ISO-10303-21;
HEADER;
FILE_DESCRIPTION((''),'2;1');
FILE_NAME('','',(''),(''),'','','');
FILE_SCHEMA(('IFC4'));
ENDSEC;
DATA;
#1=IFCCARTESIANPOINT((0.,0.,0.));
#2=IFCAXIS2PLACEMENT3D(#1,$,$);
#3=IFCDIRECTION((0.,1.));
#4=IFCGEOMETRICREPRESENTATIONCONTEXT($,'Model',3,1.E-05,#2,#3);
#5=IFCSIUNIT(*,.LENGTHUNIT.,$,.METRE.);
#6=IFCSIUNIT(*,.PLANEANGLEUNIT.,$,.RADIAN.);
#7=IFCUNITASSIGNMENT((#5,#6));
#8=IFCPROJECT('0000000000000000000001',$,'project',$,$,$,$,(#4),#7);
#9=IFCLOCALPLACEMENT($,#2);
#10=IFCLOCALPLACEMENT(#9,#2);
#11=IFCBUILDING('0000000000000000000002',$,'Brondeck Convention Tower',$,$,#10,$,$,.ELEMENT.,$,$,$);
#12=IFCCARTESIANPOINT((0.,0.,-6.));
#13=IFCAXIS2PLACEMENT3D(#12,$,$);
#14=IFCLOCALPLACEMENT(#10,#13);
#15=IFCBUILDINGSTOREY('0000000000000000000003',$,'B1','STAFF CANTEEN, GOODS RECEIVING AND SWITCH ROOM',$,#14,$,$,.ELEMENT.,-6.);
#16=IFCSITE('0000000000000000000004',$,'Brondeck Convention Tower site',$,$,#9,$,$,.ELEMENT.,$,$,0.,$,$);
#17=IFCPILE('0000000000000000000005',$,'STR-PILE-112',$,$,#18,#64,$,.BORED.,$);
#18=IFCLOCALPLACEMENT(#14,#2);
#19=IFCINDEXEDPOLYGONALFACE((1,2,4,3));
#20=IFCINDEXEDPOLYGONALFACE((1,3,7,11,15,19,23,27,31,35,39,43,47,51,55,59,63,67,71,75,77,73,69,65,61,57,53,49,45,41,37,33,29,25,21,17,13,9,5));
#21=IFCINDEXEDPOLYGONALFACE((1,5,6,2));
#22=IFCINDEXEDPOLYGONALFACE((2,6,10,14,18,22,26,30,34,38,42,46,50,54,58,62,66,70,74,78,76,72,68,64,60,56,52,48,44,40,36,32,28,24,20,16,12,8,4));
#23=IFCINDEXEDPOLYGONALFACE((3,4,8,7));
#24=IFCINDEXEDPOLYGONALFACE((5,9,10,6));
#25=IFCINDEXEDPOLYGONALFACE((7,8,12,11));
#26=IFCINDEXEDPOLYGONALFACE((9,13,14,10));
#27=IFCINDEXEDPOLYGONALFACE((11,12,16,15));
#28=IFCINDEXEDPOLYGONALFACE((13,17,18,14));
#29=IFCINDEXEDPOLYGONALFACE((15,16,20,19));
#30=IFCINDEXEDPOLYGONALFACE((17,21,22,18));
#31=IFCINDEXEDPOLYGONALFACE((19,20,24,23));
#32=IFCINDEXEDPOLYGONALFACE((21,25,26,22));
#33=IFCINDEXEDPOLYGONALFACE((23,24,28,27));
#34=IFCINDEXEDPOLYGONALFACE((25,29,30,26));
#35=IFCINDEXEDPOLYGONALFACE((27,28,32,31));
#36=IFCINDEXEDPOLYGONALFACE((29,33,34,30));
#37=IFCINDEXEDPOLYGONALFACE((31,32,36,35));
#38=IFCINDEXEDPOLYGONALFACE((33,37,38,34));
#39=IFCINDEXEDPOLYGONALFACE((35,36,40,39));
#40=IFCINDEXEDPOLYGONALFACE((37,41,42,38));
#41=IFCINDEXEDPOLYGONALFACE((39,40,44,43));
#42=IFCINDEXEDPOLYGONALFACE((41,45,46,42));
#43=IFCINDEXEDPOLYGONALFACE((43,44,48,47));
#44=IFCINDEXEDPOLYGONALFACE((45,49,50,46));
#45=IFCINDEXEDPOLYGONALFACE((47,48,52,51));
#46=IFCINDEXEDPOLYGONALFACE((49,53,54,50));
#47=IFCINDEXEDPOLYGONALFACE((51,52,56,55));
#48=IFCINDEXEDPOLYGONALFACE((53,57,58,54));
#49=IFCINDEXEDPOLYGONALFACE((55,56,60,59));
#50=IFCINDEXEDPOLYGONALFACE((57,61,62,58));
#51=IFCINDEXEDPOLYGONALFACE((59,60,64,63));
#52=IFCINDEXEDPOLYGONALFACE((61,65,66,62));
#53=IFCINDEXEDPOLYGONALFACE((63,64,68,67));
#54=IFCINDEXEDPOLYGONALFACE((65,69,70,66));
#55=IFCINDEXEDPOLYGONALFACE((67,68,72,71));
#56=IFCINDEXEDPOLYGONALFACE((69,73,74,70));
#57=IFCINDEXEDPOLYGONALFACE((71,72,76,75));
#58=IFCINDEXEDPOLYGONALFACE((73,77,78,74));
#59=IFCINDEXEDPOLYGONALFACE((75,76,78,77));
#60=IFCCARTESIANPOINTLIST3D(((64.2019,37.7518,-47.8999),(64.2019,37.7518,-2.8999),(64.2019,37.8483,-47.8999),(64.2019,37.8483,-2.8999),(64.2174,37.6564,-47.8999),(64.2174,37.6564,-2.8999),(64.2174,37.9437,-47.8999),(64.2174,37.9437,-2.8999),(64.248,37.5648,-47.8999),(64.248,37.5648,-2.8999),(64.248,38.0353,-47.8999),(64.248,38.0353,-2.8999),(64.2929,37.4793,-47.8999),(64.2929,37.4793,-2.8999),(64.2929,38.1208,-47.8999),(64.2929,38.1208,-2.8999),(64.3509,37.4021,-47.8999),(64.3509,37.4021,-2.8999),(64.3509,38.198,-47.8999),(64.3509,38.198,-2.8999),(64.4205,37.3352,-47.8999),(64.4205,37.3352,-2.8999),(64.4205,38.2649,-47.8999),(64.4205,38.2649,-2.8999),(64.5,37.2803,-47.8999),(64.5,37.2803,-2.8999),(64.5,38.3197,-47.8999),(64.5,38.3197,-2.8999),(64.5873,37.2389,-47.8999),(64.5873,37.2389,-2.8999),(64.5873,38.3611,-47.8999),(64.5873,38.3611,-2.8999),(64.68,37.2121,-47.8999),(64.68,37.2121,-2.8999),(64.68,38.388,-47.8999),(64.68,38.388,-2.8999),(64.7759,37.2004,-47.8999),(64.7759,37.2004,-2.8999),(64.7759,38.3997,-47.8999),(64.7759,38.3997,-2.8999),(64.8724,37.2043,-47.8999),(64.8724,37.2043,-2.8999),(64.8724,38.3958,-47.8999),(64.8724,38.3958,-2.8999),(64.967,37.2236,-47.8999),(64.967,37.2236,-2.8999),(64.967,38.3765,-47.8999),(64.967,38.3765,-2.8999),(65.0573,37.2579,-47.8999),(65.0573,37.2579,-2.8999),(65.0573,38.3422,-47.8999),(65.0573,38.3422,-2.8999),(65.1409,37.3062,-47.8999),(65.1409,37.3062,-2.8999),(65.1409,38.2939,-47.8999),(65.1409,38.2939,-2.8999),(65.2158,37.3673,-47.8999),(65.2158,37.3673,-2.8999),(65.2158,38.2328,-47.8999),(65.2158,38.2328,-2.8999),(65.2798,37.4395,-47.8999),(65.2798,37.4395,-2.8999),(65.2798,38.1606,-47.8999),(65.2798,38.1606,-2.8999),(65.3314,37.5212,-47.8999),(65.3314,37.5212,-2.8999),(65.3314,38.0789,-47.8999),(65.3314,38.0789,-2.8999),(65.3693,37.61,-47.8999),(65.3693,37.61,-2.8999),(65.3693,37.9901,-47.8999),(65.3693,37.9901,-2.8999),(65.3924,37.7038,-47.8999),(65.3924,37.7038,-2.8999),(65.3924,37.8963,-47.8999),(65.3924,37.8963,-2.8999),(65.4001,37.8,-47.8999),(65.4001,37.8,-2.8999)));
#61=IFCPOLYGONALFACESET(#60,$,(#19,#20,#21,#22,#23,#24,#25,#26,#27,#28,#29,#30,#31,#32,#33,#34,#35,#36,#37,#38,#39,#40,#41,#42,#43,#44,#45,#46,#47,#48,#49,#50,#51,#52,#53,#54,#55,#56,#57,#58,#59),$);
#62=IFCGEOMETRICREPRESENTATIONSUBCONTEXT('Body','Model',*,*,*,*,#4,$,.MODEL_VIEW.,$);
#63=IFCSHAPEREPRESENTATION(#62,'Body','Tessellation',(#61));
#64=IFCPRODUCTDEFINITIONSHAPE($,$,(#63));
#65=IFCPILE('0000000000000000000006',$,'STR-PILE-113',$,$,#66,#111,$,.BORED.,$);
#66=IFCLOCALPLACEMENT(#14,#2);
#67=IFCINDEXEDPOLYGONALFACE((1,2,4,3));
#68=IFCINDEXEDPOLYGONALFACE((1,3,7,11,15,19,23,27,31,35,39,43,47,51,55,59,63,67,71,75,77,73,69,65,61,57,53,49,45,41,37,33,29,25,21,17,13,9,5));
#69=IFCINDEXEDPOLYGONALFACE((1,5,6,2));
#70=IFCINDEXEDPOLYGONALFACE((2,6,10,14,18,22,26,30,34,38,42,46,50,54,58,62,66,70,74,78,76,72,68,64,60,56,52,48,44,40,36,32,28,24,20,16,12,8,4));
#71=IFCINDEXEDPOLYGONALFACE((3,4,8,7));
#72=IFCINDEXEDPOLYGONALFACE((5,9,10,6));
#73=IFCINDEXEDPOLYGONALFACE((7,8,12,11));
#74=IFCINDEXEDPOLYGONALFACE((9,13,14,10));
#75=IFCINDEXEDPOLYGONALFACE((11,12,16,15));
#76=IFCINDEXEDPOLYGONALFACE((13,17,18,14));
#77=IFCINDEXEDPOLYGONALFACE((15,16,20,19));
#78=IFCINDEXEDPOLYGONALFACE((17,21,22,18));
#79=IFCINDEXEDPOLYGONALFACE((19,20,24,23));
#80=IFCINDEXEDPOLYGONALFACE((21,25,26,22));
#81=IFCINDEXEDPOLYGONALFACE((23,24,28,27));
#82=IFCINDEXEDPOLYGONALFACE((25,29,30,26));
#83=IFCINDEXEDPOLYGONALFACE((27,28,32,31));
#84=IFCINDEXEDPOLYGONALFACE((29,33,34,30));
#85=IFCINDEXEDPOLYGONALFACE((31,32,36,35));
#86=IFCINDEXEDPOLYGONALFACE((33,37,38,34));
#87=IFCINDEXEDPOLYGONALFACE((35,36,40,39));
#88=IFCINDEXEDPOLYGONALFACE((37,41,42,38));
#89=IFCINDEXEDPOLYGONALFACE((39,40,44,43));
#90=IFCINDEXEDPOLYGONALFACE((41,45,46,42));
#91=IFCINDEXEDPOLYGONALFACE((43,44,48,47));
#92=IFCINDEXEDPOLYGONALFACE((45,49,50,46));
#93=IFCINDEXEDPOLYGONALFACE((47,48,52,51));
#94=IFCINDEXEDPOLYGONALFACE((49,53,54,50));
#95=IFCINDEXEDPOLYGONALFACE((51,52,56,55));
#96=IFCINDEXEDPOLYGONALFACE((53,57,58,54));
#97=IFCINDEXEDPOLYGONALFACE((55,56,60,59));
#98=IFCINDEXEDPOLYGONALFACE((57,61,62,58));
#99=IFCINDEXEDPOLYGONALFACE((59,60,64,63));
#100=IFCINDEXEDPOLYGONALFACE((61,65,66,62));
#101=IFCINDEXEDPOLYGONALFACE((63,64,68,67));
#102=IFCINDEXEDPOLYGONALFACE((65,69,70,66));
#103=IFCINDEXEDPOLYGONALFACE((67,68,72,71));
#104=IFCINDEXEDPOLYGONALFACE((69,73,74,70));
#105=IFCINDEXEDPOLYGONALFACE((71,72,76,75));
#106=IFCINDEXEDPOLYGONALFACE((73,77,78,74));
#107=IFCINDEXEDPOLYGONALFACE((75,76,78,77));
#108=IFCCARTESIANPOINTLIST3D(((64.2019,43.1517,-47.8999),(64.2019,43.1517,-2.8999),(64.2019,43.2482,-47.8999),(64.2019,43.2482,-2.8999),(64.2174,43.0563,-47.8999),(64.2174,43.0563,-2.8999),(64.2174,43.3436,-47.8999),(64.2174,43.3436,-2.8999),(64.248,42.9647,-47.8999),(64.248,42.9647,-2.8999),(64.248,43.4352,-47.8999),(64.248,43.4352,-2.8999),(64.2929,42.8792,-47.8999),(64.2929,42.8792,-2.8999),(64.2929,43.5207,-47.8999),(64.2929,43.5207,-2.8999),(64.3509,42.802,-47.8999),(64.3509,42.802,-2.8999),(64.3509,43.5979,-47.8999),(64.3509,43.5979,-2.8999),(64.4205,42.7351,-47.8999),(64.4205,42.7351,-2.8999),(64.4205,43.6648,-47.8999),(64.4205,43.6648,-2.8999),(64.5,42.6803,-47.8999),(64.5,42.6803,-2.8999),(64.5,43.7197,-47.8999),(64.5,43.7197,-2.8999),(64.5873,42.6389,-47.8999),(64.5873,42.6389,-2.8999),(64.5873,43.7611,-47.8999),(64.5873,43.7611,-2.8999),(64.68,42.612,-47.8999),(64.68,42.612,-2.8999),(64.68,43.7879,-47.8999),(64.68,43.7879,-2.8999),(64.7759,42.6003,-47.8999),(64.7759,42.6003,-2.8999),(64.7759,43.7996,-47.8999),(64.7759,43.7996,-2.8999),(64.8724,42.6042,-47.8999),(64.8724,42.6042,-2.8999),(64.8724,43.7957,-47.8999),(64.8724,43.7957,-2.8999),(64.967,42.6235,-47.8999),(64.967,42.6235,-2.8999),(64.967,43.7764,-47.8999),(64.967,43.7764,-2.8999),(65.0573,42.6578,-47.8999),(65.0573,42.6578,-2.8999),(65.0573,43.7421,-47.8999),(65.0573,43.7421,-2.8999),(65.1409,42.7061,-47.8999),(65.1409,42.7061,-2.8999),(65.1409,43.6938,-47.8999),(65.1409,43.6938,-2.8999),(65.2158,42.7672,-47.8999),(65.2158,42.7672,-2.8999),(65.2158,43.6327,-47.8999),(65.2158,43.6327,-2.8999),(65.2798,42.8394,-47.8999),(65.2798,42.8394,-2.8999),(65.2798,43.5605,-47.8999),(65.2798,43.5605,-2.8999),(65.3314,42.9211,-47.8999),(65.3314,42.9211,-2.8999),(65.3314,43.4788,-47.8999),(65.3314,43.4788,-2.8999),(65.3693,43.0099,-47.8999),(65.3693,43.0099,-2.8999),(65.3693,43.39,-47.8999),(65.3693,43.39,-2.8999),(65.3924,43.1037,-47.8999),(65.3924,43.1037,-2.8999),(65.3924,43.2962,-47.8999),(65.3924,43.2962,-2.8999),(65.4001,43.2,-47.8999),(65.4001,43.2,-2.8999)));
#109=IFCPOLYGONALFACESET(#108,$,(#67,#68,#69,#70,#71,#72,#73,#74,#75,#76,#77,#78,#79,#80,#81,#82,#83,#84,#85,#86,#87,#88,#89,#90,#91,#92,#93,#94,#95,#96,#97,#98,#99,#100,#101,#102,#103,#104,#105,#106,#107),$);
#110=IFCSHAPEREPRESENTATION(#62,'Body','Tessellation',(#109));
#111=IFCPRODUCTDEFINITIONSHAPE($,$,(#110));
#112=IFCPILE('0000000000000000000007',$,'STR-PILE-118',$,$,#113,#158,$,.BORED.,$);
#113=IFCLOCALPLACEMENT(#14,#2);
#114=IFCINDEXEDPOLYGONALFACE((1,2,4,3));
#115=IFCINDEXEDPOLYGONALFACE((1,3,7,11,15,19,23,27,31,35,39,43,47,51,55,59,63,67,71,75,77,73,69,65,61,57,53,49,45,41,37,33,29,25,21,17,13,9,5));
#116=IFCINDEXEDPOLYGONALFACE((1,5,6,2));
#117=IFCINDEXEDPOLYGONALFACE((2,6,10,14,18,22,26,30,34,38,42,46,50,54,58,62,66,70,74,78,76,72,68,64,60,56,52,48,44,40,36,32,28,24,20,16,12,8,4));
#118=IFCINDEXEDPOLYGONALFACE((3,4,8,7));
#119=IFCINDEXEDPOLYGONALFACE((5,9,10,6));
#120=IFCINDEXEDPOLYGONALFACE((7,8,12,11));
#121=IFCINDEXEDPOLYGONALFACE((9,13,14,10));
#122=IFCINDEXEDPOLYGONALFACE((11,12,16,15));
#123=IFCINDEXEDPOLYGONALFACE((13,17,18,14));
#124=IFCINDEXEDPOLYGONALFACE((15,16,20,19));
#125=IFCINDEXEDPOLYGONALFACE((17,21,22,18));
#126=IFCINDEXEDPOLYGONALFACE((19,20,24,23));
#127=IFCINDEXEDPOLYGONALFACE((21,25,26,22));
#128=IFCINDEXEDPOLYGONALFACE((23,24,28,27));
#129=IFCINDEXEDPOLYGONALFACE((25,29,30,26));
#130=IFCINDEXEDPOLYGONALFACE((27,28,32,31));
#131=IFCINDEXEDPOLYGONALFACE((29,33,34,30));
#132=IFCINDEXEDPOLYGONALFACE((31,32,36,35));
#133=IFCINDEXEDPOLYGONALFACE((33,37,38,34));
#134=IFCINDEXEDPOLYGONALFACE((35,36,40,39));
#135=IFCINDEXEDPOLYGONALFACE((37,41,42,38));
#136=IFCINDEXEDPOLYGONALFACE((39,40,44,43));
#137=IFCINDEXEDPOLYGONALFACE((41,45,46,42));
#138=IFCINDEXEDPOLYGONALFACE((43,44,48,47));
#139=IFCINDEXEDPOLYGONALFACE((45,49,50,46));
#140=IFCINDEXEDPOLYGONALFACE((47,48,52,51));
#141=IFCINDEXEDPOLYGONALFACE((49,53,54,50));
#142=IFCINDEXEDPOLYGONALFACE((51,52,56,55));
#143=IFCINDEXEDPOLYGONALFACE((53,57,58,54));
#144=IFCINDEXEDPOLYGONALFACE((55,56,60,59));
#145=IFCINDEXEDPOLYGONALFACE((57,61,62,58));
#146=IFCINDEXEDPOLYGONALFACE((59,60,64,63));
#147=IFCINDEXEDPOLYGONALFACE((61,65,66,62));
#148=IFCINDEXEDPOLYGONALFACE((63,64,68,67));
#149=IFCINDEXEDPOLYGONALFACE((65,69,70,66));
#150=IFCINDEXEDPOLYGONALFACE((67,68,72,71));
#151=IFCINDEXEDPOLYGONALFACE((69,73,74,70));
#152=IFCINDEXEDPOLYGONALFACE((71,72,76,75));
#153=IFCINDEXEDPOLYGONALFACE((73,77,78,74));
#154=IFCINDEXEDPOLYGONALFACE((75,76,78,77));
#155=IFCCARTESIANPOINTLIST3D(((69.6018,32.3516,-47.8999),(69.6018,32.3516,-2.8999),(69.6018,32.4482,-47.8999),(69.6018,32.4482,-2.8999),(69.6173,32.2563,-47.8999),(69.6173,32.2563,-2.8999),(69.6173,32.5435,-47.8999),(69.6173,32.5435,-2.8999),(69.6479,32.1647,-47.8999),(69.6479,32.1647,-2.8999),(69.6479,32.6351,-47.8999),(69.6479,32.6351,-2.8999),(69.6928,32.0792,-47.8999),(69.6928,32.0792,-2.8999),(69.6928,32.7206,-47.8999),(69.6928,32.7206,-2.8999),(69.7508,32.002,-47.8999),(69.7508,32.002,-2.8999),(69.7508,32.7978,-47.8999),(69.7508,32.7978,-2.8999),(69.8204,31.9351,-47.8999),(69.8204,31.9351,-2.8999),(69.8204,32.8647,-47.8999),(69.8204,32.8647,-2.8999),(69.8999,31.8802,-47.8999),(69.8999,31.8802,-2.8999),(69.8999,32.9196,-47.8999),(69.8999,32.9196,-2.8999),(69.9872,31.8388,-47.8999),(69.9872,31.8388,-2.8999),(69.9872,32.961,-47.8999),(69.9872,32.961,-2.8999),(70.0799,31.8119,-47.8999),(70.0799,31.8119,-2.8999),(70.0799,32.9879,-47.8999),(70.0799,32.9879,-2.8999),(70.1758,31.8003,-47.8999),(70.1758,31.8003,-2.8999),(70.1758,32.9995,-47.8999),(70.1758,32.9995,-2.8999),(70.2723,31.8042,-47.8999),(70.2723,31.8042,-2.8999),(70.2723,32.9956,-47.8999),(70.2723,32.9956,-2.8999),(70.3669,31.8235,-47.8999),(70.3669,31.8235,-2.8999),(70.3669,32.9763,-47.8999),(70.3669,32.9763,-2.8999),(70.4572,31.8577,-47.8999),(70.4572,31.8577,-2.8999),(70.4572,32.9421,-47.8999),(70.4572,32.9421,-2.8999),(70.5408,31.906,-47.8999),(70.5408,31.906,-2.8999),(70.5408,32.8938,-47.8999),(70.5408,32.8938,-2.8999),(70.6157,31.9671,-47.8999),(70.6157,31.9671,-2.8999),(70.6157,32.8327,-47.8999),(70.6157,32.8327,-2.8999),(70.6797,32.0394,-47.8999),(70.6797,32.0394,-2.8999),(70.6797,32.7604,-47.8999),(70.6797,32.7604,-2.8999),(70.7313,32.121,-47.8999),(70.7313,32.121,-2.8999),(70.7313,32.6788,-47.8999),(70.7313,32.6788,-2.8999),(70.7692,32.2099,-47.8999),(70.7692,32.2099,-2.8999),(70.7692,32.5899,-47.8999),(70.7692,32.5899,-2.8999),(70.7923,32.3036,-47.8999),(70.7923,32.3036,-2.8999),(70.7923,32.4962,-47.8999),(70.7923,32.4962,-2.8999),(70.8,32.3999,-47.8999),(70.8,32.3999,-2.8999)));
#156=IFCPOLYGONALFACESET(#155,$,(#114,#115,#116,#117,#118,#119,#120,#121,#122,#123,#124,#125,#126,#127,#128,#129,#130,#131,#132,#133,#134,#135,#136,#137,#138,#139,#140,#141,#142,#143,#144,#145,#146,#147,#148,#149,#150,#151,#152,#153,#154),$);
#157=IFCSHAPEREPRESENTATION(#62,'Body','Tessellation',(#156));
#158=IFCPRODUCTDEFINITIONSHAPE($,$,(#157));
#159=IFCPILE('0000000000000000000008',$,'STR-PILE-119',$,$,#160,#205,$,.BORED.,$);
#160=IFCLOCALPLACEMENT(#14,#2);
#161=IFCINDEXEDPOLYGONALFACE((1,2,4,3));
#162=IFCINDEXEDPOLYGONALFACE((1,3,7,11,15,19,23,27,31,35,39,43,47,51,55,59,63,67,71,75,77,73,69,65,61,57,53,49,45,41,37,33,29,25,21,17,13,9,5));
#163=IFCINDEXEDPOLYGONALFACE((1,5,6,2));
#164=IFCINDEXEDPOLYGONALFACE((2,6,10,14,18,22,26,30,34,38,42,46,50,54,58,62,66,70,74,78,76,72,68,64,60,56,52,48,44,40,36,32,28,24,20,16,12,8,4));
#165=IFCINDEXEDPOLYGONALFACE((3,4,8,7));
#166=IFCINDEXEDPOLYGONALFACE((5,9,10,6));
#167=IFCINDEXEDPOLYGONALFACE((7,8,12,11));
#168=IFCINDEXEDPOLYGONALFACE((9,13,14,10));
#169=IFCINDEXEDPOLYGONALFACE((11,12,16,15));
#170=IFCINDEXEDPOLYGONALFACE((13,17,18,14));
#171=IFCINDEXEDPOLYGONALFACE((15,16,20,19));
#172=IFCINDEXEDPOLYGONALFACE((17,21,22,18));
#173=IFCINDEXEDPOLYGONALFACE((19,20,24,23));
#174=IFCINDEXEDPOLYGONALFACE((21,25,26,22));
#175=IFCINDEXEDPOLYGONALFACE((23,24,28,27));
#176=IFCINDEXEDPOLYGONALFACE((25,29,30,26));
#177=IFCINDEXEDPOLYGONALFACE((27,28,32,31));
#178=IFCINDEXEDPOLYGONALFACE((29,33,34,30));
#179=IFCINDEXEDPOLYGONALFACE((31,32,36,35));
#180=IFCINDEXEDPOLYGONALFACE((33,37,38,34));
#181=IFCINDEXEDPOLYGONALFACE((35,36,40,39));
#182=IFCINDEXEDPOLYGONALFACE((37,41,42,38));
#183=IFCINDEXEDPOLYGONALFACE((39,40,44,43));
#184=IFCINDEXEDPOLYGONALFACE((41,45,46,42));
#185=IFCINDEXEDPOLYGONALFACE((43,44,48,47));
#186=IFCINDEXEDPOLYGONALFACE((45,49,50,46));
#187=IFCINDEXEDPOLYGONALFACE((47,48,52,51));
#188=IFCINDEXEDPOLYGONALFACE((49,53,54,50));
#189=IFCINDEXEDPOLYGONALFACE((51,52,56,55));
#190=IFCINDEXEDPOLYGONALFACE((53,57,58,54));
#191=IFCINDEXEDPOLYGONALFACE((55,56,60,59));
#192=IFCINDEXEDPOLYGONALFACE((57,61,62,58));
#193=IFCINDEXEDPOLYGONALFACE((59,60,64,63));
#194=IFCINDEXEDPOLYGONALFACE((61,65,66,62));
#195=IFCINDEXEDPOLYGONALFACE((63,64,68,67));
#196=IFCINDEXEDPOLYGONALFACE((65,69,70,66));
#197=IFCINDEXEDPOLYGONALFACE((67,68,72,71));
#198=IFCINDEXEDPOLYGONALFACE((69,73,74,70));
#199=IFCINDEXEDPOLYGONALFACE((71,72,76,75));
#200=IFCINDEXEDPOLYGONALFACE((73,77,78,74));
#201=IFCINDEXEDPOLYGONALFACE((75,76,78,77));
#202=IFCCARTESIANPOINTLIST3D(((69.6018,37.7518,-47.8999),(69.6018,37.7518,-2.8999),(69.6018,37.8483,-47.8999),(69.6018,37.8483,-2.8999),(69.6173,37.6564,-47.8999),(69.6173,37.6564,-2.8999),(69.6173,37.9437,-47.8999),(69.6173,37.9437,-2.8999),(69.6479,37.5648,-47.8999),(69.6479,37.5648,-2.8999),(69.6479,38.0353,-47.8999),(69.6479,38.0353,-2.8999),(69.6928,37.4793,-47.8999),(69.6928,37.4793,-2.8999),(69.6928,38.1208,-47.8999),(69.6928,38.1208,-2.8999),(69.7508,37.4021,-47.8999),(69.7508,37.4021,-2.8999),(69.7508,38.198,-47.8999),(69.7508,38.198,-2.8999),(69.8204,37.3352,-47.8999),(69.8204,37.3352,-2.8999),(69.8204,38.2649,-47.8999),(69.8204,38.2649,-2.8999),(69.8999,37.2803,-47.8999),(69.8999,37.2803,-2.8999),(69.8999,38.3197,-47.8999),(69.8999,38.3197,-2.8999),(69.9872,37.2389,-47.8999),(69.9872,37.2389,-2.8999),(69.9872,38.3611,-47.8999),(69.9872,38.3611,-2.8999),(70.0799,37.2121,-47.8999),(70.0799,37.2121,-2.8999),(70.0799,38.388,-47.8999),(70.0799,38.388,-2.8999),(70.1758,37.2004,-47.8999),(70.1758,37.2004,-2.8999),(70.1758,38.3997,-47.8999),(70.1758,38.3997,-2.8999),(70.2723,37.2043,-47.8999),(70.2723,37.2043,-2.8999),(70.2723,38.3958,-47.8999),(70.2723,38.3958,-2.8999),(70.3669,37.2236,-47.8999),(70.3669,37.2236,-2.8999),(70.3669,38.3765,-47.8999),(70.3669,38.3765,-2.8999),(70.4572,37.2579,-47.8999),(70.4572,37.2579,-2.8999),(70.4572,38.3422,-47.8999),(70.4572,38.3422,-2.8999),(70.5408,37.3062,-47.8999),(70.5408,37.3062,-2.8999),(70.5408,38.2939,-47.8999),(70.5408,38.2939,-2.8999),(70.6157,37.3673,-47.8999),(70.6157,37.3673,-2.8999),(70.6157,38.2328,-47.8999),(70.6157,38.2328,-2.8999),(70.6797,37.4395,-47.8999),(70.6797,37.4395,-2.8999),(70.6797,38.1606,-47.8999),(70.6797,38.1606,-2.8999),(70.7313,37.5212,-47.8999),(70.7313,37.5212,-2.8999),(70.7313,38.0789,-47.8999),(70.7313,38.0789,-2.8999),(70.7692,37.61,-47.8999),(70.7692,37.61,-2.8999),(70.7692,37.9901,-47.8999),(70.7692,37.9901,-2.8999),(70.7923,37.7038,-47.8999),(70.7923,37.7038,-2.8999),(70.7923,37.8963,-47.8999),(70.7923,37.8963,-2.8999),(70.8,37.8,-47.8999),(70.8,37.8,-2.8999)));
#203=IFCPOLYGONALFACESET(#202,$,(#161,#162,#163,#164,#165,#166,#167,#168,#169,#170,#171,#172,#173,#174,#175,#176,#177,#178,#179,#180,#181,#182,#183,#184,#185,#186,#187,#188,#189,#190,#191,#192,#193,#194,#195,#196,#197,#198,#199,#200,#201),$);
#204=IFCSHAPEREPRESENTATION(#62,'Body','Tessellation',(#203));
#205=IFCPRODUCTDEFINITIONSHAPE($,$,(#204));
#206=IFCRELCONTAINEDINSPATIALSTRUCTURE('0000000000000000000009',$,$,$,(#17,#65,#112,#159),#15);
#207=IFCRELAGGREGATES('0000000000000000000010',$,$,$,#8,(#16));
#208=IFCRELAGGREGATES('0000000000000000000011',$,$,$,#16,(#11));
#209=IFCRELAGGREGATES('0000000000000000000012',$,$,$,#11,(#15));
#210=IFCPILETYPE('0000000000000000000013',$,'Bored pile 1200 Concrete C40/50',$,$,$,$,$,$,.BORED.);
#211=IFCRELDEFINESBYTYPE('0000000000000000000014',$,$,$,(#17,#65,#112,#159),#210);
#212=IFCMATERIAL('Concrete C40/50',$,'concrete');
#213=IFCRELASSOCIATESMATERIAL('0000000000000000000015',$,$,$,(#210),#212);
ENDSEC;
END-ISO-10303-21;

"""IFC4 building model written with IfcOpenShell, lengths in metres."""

from ifc_helpers import new_model, si_unit, direction, frame, origin, origin_2d, place, context, subcontext, project, spatial, circle, extrude, material, material_profile, profile_set, type_object, element, save


model = new_model("IFC4")

# Units and contexts
model_context = context("Model", 3, precision=1e-05, world=origin(), true_north=direction((0.0, 1.0)))
body_context = subcontext(model_context, "Body", "Model", "MODEL_VIEW")
ifc_project = project(units=[si_unit("LENGTHUNIT", "METRE"), si_unit("PLANEANGLEUNIT", "RADIAN")], contexts=[model_context])

# Site, building, storey
site_placement = place(None, origin())
site = spatial("IfcSite", under=ifc_project, at=site_placement, Name="Brondeck Convention Tower site", CompositionType="ELEMENT", RefElevation=0.0)
building_placement = place(site_placement, origin())
building = spatial("IfcBuilding", under=site, at=building_placement, Name="Brondeck Convention Tower", CompositionType="ELEMENT")
storey_placement = place(building_placement, frame((0.0, 0.0, -6.0)))
storey = spatial("IfcBuildingStorey", under=building, at=storey_placement, Name="B1", Description="STAFF CANTEEN, GOODS RECEIVING AND SWITCH ROOM", CompositionType="ELEMENT", Elevation=-6.0)

# Piles
ifc_material_1 = material(Name="Concrete C40/50", Category="concrete")
ifc_material_profile_1 = material_profile(ifc_material_1, circle(Radius=0.6001, at=origin_2d()), Name="Bored pile 1200 Concrete C40/50")
ifc_profile_set_1 = profile_set([ifc_material_profile_1], Name="Concrete C40/50")
pile_type = type_object("IfcPileType", Name="Bored pile 1200 Concrete C40/50", PredefinedType="BORED", material=ifc_profile_set_1)
for number, where, z_axis, x_axis, name in (
    (1, (64.8, 37.8, -2.8999), (0.0, 0.0, -1.0), (1.0, 0.0, 0.0), "STR-PILE-112"),
    (2, (64.8, 43.2, -2.8999), (0.0, 0.0, -1.0), (1.0, 0.0, 0.0), "STR-PILE-113"),
    (3, (70.2, 32.3999, -2.8999), (0.0, 0.0, -1.0), (1.0, 0.0, 0.0), "STR-PILE-118"),
    (4, (70.2, 37.8, -2.8999), (0.0, 0.0, -1.0), (1.0, 0.0, 0.0), "STR-PILE-119"),
):
    element("IfcPile", number, at=place(storey_placement, frame(where, z_axis=z_axis, x_axis=x_axis)), inside=storey, type_object=pile_type, Name=name, PredefinedType="BORED", context=body_context, shape_type="SweptSolid", body=[
        extrude(circle(Radius=0.6001, at=origin_2d()), origin(), (0.0, 0.0, 1.0), 45.0),
    ])

save(model, "model.ifc")
